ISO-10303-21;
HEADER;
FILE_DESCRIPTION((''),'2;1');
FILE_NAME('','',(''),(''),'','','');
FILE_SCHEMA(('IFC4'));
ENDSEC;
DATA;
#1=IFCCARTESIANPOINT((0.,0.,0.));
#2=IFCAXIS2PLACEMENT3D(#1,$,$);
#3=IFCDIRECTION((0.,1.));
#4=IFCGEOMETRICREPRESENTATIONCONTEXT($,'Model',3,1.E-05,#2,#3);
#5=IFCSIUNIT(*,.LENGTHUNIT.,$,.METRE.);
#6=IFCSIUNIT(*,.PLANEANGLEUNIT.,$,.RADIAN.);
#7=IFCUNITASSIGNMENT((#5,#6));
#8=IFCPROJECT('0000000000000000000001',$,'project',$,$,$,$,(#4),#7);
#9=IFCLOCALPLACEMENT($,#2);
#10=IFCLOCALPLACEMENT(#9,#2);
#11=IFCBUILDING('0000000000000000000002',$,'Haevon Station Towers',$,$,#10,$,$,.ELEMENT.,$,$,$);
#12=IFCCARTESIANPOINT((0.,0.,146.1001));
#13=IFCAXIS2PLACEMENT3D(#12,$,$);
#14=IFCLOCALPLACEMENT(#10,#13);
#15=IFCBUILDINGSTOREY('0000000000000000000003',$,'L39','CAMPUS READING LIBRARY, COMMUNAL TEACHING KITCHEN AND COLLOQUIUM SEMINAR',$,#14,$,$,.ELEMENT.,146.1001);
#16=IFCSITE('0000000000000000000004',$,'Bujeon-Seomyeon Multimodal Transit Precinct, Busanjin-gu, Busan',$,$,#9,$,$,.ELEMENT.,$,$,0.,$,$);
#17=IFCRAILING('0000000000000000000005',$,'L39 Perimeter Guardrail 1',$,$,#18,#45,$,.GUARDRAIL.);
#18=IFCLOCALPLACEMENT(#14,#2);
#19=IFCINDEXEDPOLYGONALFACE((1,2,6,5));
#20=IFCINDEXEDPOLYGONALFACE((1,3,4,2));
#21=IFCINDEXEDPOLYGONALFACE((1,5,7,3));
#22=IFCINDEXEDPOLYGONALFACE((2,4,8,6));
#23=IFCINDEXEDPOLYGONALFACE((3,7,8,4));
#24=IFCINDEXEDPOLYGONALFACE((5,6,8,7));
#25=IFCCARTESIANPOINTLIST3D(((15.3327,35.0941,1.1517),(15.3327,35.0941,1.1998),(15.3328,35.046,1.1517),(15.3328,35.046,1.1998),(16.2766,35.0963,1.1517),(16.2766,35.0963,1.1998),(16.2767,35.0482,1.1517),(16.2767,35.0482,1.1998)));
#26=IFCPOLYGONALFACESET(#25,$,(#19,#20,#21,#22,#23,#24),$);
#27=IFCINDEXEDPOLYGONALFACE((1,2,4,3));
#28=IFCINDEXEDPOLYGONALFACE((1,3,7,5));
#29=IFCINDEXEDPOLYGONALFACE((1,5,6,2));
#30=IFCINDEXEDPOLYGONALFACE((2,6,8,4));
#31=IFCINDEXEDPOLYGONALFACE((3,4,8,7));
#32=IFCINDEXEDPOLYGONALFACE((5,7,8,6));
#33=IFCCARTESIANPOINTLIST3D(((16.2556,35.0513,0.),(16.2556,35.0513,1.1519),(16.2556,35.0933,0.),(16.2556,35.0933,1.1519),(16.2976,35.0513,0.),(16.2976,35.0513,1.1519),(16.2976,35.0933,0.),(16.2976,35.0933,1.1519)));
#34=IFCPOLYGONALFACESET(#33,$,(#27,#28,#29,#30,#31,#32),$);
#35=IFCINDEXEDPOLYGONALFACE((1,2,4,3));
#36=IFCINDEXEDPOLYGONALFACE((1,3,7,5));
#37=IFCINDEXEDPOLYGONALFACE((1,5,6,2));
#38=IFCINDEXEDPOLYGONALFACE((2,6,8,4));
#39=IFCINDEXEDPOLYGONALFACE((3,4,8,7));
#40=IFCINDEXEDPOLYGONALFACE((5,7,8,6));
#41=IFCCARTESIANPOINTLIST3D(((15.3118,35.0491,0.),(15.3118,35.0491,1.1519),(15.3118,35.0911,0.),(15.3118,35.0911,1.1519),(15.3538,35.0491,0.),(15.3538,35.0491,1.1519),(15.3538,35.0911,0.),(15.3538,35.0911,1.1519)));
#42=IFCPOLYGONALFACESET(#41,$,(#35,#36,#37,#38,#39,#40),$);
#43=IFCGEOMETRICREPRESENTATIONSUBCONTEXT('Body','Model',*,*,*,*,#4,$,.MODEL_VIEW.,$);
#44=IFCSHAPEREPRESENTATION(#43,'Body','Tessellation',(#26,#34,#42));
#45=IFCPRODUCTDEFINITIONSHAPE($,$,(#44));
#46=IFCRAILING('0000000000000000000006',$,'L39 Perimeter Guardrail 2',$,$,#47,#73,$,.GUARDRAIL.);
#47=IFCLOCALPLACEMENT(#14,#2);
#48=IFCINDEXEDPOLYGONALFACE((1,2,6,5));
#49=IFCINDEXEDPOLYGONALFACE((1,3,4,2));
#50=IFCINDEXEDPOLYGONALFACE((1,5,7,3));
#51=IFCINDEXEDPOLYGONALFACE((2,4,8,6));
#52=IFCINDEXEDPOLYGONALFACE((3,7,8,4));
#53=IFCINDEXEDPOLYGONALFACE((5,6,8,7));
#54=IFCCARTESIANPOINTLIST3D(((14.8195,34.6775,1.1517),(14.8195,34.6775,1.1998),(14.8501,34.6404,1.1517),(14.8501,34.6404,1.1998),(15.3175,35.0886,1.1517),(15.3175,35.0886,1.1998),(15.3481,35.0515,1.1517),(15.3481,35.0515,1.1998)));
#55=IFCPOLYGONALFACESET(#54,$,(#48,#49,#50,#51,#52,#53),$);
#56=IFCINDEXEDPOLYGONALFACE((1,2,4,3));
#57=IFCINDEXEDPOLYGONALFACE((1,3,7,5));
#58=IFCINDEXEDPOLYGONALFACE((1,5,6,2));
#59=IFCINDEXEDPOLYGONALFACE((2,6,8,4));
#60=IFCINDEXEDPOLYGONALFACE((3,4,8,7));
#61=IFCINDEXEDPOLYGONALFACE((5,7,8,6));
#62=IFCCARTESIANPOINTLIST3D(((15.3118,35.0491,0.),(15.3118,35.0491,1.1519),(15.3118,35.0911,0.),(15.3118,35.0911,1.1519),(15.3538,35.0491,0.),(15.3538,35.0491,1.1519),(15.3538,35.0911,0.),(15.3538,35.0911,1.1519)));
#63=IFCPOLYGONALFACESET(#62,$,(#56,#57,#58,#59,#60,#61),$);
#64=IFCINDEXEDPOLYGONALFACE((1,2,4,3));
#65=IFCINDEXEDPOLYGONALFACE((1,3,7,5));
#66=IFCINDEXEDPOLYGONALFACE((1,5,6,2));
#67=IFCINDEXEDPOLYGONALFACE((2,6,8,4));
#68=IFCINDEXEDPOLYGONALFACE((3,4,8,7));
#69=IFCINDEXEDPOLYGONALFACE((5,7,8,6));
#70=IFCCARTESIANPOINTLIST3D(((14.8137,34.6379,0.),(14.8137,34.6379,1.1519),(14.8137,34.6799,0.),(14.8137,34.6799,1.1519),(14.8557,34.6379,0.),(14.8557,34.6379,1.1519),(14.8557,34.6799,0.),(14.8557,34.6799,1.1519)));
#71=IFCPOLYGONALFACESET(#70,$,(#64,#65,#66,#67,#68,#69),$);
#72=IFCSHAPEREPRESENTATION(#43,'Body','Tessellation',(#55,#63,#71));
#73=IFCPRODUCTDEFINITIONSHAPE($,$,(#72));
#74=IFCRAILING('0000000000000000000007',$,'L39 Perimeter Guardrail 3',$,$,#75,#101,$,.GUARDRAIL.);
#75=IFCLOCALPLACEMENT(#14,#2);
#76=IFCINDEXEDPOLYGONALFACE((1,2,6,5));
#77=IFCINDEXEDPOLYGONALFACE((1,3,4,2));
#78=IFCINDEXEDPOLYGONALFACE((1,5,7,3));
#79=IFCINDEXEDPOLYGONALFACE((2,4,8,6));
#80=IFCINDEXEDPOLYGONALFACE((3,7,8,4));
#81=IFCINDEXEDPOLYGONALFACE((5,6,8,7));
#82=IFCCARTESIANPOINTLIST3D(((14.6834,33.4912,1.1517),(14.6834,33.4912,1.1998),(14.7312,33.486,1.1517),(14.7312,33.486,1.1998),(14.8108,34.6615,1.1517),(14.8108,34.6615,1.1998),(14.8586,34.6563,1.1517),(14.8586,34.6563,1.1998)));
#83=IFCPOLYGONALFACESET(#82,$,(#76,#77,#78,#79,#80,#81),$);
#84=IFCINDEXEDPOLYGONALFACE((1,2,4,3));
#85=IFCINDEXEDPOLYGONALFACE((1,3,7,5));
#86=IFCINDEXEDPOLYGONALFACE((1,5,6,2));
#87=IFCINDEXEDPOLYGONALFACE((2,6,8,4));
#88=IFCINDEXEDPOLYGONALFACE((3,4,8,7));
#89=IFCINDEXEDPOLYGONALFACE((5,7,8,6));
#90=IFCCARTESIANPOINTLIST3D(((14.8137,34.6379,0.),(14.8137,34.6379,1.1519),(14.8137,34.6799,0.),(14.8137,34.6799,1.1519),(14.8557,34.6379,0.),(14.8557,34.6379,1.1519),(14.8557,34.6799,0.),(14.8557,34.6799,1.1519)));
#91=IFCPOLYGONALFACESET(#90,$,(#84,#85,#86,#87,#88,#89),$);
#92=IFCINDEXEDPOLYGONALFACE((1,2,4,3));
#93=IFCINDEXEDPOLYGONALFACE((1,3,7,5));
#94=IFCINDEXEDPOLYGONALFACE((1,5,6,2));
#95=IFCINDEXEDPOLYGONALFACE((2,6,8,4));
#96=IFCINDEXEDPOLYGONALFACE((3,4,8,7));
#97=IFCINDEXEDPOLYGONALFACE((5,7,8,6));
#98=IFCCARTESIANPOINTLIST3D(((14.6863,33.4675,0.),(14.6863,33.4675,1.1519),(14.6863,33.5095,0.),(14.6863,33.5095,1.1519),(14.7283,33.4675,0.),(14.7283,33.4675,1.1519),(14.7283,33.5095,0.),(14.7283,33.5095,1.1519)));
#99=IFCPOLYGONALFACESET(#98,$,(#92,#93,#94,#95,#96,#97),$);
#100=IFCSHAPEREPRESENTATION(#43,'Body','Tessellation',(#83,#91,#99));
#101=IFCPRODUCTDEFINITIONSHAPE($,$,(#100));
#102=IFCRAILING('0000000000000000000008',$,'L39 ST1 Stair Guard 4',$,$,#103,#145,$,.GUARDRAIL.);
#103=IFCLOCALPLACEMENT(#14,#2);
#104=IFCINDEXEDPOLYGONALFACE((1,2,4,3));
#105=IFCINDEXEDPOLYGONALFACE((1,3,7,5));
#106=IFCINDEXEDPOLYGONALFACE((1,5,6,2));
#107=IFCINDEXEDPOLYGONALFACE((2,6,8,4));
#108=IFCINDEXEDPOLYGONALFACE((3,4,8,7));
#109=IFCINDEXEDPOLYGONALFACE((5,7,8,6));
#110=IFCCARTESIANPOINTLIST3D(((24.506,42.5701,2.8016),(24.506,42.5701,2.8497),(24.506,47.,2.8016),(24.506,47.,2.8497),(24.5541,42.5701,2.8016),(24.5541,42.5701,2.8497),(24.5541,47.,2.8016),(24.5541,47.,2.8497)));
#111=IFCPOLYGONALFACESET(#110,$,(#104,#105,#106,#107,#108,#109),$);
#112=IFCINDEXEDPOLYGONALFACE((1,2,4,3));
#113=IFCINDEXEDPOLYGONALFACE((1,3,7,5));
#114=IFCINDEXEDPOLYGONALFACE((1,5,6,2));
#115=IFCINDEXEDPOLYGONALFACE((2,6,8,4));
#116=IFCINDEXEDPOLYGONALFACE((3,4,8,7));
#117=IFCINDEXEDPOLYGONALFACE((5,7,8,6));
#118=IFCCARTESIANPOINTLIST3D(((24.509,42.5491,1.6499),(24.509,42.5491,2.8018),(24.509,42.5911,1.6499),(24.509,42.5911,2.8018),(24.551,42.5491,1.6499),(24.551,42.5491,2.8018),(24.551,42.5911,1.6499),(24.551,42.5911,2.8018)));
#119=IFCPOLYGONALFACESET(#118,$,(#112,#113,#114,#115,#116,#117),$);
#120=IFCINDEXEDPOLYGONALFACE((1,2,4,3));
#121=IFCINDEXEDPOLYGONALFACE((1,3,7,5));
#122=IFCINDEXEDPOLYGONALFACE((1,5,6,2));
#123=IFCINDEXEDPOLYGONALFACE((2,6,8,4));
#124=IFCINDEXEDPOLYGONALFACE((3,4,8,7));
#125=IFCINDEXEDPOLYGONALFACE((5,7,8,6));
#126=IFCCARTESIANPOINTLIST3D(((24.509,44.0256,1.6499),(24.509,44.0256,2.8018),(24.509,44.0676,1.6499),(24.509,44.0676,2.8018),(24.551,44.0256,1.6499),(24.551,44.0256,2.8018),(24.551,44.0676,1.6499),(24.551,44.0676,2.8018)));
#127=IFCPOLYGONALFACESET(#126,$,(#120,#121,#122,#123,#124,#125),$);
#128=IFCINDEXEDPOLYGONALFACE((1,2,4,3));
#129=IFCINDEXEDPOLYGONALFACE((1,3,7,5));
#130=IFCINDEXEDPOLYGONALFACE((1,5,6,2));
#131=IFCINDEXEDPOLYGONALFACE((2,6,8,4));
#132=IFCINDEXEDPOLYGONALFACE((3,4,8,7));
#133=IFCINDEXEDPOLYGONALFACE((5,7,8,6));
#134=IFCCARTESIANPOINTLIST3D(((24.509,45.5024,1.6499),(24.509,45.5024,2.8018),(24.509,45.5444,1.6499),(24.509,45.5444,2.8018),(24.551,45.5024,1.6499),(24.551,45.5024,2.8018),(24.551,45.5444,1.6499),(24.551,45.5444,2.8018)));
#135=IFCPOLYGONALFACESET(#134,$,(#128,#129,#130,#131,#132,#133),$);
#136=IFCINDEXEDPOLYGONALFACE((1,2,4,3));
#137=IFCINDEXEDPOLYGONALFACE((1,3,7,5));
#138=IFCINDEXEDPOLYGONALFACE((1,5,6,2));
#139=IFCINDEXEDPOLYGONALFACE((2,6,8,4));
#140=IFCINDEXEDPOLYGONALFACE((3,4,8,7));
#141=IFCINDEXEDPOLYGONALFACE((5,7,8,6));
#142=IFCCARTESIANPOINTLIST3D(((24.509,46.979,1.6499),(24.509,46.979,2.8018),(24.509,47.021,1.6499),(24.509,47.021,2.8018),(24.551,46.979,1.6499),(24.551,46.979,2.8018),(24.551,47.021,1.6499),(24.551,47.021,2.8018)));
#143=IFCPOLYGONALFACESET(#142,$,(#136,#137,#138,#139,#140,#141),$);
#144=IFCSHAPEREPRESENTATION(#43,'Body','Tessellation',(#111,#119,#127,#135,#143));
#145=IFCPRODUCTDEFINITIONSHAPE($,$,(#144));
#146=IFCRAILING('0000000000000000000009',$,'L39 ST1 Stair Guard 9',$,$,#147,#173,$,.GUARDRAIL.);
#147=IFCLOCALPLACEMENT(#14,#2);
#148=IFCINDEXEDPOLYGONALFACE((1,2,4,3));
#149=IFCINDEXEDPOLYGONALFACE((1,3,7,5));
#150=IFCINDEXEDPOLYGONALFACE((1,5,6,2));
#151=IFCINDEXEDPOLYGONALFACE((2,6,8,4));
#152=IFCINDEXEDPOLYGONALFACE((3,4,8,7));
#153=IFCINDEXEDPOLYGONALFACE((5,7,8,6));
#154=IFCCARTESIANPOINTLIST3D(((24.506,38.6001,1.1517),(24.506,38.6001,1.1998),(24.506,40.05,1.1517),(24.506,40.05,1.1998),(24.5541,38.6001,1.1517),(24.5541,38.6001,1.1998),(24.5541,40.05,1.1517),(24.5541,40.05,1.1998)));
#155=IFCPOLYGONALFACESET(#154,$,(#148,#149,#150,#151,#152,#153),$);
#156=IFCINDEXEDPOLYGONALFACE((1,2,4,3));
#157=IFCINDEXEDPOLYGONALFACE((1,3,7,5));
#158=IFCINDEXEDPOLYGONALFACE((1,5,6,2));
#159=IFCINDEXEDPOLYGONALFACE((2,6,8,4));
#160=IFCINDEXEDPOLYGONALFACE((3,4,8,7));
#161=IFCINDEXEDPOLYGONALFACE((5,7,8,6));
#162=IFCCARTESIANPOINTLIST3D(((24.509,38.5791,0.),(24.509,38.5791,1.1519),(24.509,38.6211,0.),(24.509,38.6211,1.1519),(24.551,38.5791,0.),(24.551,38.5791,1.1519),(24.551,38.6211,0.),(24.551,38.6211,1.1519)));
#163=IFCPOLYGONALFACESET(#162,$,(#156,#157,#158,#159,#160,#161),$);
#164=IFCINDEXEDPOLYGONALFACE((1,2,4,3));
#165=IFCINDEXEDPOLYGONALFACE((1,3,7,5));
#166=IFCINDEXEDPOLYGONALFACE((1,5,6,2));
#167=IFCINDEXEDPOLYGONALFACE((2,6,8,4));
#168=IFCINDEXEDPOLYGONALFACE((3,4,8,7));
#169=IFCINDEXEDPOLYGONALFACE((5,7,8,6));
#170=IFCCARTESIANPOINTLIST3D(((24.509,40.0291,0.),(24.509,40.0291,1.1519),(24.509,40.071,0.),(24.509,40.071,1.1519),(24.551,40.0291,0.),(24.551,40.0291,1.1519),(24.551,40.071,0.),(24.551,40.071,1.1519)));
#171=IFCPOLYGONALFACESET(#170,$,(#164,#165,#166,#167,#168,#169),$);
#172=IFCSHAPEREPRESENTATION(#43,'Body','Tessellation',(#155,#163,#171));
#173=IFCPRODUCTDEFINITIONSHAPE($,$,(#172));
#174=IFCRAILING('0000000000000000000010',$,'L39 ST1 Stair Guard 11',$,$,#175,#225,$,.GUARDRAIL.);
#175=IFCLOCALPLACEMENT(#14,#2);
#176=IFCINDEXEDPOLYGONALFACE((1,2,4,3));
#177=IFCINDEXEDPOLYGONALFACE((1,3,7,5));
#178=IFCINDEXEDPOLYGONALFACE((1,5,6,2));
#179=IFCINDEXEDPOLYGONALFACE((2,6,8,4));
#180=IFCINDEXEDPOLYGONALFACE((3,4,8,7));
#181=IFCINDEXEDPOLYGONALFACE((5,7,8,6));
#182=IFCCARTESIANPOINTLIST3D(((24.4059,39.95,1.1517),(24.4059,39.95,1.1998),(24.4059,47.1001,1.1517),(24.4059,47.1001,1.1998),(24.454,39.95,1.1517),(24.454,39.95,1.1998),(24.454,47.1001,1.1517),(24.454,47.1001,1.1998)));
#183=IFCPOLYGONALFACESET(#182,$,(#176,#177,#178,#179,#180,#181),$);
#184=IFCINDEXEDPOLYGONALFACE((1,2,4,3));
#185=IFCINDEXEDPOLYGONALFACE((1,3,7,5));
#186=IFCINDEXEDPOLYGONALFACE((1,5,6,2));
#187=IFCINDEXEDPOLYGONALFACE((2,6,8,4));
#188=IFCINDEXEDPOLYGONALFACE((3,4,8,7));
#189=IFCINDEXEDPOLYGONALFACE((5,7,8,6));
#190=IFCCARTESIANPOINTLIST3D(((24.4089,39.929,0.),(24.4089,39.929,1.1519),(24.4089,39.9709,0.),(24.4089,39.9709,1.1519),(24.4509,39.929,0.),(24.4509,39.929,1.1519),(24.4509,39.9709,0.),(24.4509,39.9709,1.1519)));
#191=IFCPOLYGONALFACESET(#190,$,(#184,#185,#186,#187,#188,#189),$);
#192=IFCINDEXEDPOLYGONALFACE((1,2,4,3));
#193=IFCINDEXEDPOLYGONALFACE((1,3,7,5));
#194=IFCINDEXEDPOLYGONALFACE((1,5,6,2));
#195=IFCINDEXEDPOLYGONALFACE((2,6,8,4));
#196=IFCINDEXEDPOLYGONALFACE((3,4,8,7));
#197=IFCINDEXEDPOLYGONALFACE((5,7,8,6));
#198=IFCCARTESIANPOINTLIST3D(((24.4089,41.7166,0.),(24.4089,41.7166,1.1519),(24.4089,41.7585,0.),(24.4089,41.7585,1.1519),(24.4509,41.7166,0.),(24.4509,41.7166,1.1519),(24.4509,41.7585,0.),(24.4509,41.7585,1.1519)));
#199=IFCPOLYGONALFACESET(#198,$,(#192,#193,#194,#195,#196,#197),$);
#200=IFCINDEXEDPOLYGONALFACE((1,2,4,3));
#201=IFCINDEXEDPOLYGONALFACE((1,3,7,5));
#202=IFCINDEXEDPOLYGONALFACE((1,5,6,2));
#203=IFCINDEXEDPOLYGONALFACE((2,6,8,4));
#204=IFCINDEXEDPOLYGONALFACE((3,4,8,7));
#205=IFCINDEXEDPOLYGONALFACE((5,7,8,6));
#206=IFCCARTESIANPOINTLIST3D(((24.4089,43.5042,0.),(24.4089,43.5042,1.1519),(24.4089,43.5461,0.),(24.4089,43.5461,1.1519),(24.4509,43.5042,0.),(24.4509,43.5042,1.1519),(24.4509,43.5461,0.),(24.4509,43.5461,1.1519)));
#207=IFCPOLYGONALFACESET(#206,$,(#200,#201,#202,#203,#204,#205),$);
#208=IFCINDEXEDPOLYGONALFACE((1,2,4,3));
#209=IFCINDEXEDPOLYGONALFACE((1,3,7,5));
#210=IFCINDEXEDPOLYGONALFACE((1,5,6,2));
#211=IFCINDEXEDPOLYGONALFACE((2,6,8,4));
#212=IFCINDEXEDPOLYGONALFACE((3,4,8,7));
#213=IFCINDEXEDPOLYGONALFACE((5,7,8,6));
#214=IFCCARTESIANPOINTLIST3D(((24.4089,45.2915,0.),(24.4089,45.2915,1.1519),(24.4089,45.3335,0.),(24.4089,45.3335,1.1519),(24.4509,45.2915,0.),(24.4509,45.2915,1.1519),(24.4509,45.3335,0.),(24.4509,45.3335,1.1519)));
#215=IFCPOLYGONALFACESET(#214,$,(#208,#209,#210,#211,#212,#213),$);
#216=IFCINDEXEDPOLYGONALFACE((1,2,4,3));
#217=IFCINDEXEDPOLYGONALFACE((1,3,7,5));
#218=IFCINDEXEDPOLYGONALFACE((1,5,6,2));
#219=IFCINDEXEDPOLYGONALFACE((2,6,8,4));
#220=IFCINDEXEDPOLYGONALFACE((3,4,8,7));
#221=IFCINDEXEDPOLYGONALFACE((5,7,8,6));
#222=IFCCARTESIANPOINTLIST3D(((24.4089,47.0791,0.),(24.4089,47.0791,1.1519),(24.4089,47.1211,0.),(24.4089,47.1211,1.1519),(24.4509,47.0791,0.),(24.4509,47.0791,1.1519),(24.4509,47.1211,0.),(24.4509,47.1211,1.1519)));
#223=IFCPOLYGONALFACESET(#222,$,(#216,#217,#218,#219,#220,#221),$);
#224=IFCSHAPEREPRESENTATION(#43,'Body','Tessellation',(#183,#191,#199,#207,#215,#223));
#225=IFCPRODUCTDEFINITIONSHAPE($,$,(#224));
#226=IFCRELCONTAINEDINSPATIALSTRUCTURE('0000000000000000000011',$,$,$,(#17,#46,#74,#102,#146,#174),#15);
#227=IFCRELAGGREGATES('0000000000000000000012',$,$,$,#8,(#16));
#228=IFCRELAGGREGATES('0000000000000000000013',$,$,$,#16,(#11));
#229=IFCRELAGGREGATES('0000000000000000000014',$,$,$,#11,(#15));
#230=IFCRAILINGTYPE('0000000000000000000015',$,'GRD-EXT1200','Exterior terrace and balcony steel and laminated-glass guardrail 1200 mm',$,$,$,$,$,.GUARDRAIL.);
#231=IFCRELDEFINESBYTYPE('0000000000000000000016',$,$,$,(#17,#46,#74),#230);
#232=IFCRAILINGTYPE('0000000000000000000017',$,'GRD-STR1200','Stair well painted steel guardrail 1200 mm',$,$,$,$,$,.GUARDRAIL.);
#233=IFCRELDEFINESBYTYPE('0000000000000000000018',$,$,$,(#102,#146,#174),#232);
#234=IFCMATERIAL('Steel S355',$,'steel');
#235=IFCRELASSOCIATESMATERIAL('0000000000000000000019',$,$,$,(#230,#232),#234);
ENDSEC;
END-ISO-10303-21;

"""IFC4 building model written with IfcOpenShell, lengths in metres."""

from ifc_helpers import new_model, si_unit, direction, frame, origin, origin_2d, place, context, subcontext, project, spatial, rectangle, extrude, material, type_object, element, save


model = new_model("IFC4")

# Units and contexts
model_context = context("Model", 3, precision=1e-05, world=origin(), true_north=direction((0.0, 1.0)))
body_context = subcontext(model_context, "Body", "Model", "MODEL_VIEW")
ifc_project = project(units=[si_unit("LENGTHUNIT", "METRE"), si_unit("PLANEANGLEUNIT", "RADIAN")], contexts=[model_context])

# Site, building, storey
site_placement = place(None, origin())
site = spatial("IfcSite", under=ifc_project, at=site_placement, Name="Bujeon-Seomyeon Multimodal Transit Precinct, Busanjin-gu, Busan", CompositionType="ELEMENT", RefElevation=0.0)
building_placement = place(site_placement, origin())
building = spatial("IfcBuilding", under=site, at=building_placement, Name="Haevon Station Towers", CompositionType="ELEMENT")
storey_placement = place(building_placement, frame((0.0, 0.0, 146.1001)))
storey = spatial("IfcBuildingStorey", under=building, at=storey_placement, Name="L39", Description="CAMPUS READING LIBRARY, COMMUNAL TEACHING KITCHEN AND COLLOQUIUM SEMINAR", CompositionType="ELEMENT", Elevation=146.1001)

# Shared definitions
ifc_material_1 = material(Name="Steel S355", Category="steel")

# Railings
railing_type_1 = type_object("IfcRailingType", Name="GRD-EXT1200", Description="Exterior terrace and balcony steel and laminated-glass guardrail 1200 mm", PredefinedType="GUARDRAIL", material=ifc_material_1)
railing_1_placement = place(storey_placement, frame((16.2766, 35.0723, 0.0)))
element("IfcRailing", 1, at=railing_1_placement, inside=storey, type_object=railing_type_1, Name="L39 Perimeter Guardrail 1", PredefinedType="GUARDRAIL", context=body_context, shape_type="SweptSolid", body=[
    extrude(rectangle(XDim=0.0481, YDim=0.0481, at=origin_2d()), frame((0.0, 0.0, 1.1758), z_axis=(-0.999997, -0.002328, 0.0), x_axis=(0.002328, -0.999997, 0.0)), (0.0, 0.0, 1.0), 0.9438),
    extrude(rectangle(XDim=0.042, YDim=0.042, at=origin_2d()), origin(), (0.0, 0.0, 1.0), 1.1519),
    extrude(rectangle(XDim=0.042, YDim=0.042, at=origin_2d()), frame((-0.9438, -0.0022, 0.0)), (0.0, 0.0, 1.0), 1.1519),
])
railing_2_placement = place(storey_placement, frame((15.3328, 35.0701, 0.0)))
element("IfcRailing", 2, at=railing_2_placement, inside=storey, type_object=railing_type_1, Name="L39 Perimeter Guardrail 2", PredefinedType="GUARDRAIL", context=body_context, shape_type="SweptSolid", body=[
    extrude(rectangle(XDim=0.0481, YDim=0.0481, at=origin_2d()), frame((0.0, 0.0, 1.1758), z_axis=(-0.771188, -0.636608, 0.0), x_axis=(0.636608, -0.771188, 0.0)), (0.0, 0.0, 1.0), 0.6458),
    extrude(rectangle(XDim=0.042, YDim=0.042, at=origin_2d()), origin(), (0.0, 0.0, 1.0), 1.1519),
    extrude(rectangle(XDim=0.042, YDim=0.042, at=origin_2d()), frame((-0.498, -0.4111, 0.0)), (0.0, 0.0, 1.0), 1.1519),
])
railing_3_placement = place(storey_placement, frame((14.8347, 34.6589, 0.0)))
element("IfcRailing", 3, at=railing_3_placement, inside=storey, type_object=railing_type_1, Name="L39 Perimeter Guardrail 3", PredefinedType="GUARDRAIL", context=body_context, shape_type="SweptSolid", body=[
    extrude(rectangle(XDim=0.0481, YDim=0.0481, at=origin_2d()), frame((0.0, 0.0, 1.1758), z_axis=(-0.108246, -0.994124, 0.0), x_axis=(0.994124, -0.108246, 0.0)), (0.0, 0.0, 1.0), 1.1772),
    extrude(rectangle(XDim=0.042, YDim=0.042, at=origin_2d()), origin(), (0.0, 0.0, 1.0), 1.1519),
    extrude(rectangle(XDim=0.042, YDim=0.042, at=origin_2d()), frame((-0.1274, -1.1704, 0.0)), (0.0, 0.0, 1.0), 1.1519),
])
railing_type_2 = type_object("IfcRailingType", Name="GRD-STR1200", Description="Stair well painted steel guardrail 1200 mm", PredefinedType="GUARDRAIL", material=ifc_material_1)
railing_4_placement = place(storey_placement, frame((24.53, 42.5701, 1.6499)))
element("IfcRailing", 4, at=railing_4_placement, inside=storey, type_object=railing_type_2, Name="L39 ST1 Stair Guard 4", PredefinedType="GUARDRAIL", context=body_context, shape_type="SweptSolid", body=[
    extrude(rectangle(XDim=0.0481, YDim=0.0481, at=origin_2d()), frame((0.0, 0.0, 1.1758), z_axis=(0.0, 1.0, 0.0), x_axis=(-1.0, 0.0, 0.0)), (0.0, 0.0, 1.0), 4.4299),
    extrude(rectangle(XDim=0.042, YDim=0.042, at=origin_2d()), origin(), (0.0, 0.0, 1.0), 1.1519),
    extrude(rectangle(XDim=0.042, YDim=0.042, at=origin_2d()), frame((0.0, 1.4766, 0.0)), (0.0, 0.0, 1.0), 1.1519),
    extrude(rectangle(XDim=0.042, YDim=0.042, at=origin_2d()), frame((0.0, 2.9534, 0.0)), (0.0, 0.0, 1.0), 1.1519),
    extrude(rectangle(XDim=0.042, YDim=0.042, at=origin_2d()), frame((0.0, 4.4299, 0.0)), (0.0, 0.0, 1.0), 1.1519),
])
railing_5_placement = place(storey_placement, frame((24.53, 38.6001, 0.0)))
element("IfcRailing", 5, at=railing_5_placement, inside=storey, type_object=railing_type_2, Name="L39 ST1 Stair Guard 9", PredefinedType="GUARDRAIL", context=body_context, shape_type="SweptSolid", body=[
    extrude(rectangle(XDim=0.0481, YDim=0.0481, at=origin_2d()), frame((0.0, 0.0, 1.1758), z_axis=(0.0, 1.0, 0.0), x_axis=(-1.0, 0.0, 0.0)), (0.0, 0.0, 1.0), 1.45),
    extrude(rectangle(XDim=0.042, YDim=0.042, at=origin_2d()), origin(), (0.0, 0.0, 1.0), 1.1519),
    extrude(rectangle(XDim=0.042, YDim=0.042, at=origin_2d()), frame((0.0, 1.45, 0.0)), (0.0, 0.0, 1.0), 1.1519),
])
railing_6_placement = place(storey_placement, frame((24.4299, 39.95, 0.0)))
element("IfcRailing", 6, at=railing_6_placement, inside=storey, type_object=railing_type_2, Name="L39 ST1 Stair Guard 11", PredefinedType="GUARDRAIL", context=body_context, shape_type="SweptSolid", body=[
    extrude(rectangle(XDim=0.0481, YDim=0.0481, at=origin_2d()), frame((0.0, 0.0, 1.1758), z_axis=(0.0, 1.0, 0.0), x_axis=(-1.0, 0.0, 0.0)), (0.0, 0.0, 1.0), 7.1501),
    extrude(rectangle(XDim=0.042, YDim=0.042, at=origin_2d()), origin(), (0.0, 0.0, 1.0), 1.1519),
    extrude(rectangle(XDim=0.042, YDim=0.042, at=origin_2d()), frame((0.0, 1.7876, 0.0)), (0.0, 0.0, 1.0), 1.1519),
    extrude(rectangle(XDim=0.042, YDim=0.042, at=origin_2d()), frame((0.0, 3.5752, 0.0)), (0.0, 0.0, 1.0), 1.1519),
    extrude(rectangle(XDim=0.042, YDim=0.042, at=origin_2d()), frame((0.0, 5.3625, 0.0)), (0.0, 0.0, 1.0), 1.1519),
    extrude(rectangle(XDim=0.042, YDim=0.042, at=origin_2d()), frame((0.0, 7.1501, 0.0)), (0.0, 0.0, 1.0), 1.1519),
])

save(model, "model.ifc")
